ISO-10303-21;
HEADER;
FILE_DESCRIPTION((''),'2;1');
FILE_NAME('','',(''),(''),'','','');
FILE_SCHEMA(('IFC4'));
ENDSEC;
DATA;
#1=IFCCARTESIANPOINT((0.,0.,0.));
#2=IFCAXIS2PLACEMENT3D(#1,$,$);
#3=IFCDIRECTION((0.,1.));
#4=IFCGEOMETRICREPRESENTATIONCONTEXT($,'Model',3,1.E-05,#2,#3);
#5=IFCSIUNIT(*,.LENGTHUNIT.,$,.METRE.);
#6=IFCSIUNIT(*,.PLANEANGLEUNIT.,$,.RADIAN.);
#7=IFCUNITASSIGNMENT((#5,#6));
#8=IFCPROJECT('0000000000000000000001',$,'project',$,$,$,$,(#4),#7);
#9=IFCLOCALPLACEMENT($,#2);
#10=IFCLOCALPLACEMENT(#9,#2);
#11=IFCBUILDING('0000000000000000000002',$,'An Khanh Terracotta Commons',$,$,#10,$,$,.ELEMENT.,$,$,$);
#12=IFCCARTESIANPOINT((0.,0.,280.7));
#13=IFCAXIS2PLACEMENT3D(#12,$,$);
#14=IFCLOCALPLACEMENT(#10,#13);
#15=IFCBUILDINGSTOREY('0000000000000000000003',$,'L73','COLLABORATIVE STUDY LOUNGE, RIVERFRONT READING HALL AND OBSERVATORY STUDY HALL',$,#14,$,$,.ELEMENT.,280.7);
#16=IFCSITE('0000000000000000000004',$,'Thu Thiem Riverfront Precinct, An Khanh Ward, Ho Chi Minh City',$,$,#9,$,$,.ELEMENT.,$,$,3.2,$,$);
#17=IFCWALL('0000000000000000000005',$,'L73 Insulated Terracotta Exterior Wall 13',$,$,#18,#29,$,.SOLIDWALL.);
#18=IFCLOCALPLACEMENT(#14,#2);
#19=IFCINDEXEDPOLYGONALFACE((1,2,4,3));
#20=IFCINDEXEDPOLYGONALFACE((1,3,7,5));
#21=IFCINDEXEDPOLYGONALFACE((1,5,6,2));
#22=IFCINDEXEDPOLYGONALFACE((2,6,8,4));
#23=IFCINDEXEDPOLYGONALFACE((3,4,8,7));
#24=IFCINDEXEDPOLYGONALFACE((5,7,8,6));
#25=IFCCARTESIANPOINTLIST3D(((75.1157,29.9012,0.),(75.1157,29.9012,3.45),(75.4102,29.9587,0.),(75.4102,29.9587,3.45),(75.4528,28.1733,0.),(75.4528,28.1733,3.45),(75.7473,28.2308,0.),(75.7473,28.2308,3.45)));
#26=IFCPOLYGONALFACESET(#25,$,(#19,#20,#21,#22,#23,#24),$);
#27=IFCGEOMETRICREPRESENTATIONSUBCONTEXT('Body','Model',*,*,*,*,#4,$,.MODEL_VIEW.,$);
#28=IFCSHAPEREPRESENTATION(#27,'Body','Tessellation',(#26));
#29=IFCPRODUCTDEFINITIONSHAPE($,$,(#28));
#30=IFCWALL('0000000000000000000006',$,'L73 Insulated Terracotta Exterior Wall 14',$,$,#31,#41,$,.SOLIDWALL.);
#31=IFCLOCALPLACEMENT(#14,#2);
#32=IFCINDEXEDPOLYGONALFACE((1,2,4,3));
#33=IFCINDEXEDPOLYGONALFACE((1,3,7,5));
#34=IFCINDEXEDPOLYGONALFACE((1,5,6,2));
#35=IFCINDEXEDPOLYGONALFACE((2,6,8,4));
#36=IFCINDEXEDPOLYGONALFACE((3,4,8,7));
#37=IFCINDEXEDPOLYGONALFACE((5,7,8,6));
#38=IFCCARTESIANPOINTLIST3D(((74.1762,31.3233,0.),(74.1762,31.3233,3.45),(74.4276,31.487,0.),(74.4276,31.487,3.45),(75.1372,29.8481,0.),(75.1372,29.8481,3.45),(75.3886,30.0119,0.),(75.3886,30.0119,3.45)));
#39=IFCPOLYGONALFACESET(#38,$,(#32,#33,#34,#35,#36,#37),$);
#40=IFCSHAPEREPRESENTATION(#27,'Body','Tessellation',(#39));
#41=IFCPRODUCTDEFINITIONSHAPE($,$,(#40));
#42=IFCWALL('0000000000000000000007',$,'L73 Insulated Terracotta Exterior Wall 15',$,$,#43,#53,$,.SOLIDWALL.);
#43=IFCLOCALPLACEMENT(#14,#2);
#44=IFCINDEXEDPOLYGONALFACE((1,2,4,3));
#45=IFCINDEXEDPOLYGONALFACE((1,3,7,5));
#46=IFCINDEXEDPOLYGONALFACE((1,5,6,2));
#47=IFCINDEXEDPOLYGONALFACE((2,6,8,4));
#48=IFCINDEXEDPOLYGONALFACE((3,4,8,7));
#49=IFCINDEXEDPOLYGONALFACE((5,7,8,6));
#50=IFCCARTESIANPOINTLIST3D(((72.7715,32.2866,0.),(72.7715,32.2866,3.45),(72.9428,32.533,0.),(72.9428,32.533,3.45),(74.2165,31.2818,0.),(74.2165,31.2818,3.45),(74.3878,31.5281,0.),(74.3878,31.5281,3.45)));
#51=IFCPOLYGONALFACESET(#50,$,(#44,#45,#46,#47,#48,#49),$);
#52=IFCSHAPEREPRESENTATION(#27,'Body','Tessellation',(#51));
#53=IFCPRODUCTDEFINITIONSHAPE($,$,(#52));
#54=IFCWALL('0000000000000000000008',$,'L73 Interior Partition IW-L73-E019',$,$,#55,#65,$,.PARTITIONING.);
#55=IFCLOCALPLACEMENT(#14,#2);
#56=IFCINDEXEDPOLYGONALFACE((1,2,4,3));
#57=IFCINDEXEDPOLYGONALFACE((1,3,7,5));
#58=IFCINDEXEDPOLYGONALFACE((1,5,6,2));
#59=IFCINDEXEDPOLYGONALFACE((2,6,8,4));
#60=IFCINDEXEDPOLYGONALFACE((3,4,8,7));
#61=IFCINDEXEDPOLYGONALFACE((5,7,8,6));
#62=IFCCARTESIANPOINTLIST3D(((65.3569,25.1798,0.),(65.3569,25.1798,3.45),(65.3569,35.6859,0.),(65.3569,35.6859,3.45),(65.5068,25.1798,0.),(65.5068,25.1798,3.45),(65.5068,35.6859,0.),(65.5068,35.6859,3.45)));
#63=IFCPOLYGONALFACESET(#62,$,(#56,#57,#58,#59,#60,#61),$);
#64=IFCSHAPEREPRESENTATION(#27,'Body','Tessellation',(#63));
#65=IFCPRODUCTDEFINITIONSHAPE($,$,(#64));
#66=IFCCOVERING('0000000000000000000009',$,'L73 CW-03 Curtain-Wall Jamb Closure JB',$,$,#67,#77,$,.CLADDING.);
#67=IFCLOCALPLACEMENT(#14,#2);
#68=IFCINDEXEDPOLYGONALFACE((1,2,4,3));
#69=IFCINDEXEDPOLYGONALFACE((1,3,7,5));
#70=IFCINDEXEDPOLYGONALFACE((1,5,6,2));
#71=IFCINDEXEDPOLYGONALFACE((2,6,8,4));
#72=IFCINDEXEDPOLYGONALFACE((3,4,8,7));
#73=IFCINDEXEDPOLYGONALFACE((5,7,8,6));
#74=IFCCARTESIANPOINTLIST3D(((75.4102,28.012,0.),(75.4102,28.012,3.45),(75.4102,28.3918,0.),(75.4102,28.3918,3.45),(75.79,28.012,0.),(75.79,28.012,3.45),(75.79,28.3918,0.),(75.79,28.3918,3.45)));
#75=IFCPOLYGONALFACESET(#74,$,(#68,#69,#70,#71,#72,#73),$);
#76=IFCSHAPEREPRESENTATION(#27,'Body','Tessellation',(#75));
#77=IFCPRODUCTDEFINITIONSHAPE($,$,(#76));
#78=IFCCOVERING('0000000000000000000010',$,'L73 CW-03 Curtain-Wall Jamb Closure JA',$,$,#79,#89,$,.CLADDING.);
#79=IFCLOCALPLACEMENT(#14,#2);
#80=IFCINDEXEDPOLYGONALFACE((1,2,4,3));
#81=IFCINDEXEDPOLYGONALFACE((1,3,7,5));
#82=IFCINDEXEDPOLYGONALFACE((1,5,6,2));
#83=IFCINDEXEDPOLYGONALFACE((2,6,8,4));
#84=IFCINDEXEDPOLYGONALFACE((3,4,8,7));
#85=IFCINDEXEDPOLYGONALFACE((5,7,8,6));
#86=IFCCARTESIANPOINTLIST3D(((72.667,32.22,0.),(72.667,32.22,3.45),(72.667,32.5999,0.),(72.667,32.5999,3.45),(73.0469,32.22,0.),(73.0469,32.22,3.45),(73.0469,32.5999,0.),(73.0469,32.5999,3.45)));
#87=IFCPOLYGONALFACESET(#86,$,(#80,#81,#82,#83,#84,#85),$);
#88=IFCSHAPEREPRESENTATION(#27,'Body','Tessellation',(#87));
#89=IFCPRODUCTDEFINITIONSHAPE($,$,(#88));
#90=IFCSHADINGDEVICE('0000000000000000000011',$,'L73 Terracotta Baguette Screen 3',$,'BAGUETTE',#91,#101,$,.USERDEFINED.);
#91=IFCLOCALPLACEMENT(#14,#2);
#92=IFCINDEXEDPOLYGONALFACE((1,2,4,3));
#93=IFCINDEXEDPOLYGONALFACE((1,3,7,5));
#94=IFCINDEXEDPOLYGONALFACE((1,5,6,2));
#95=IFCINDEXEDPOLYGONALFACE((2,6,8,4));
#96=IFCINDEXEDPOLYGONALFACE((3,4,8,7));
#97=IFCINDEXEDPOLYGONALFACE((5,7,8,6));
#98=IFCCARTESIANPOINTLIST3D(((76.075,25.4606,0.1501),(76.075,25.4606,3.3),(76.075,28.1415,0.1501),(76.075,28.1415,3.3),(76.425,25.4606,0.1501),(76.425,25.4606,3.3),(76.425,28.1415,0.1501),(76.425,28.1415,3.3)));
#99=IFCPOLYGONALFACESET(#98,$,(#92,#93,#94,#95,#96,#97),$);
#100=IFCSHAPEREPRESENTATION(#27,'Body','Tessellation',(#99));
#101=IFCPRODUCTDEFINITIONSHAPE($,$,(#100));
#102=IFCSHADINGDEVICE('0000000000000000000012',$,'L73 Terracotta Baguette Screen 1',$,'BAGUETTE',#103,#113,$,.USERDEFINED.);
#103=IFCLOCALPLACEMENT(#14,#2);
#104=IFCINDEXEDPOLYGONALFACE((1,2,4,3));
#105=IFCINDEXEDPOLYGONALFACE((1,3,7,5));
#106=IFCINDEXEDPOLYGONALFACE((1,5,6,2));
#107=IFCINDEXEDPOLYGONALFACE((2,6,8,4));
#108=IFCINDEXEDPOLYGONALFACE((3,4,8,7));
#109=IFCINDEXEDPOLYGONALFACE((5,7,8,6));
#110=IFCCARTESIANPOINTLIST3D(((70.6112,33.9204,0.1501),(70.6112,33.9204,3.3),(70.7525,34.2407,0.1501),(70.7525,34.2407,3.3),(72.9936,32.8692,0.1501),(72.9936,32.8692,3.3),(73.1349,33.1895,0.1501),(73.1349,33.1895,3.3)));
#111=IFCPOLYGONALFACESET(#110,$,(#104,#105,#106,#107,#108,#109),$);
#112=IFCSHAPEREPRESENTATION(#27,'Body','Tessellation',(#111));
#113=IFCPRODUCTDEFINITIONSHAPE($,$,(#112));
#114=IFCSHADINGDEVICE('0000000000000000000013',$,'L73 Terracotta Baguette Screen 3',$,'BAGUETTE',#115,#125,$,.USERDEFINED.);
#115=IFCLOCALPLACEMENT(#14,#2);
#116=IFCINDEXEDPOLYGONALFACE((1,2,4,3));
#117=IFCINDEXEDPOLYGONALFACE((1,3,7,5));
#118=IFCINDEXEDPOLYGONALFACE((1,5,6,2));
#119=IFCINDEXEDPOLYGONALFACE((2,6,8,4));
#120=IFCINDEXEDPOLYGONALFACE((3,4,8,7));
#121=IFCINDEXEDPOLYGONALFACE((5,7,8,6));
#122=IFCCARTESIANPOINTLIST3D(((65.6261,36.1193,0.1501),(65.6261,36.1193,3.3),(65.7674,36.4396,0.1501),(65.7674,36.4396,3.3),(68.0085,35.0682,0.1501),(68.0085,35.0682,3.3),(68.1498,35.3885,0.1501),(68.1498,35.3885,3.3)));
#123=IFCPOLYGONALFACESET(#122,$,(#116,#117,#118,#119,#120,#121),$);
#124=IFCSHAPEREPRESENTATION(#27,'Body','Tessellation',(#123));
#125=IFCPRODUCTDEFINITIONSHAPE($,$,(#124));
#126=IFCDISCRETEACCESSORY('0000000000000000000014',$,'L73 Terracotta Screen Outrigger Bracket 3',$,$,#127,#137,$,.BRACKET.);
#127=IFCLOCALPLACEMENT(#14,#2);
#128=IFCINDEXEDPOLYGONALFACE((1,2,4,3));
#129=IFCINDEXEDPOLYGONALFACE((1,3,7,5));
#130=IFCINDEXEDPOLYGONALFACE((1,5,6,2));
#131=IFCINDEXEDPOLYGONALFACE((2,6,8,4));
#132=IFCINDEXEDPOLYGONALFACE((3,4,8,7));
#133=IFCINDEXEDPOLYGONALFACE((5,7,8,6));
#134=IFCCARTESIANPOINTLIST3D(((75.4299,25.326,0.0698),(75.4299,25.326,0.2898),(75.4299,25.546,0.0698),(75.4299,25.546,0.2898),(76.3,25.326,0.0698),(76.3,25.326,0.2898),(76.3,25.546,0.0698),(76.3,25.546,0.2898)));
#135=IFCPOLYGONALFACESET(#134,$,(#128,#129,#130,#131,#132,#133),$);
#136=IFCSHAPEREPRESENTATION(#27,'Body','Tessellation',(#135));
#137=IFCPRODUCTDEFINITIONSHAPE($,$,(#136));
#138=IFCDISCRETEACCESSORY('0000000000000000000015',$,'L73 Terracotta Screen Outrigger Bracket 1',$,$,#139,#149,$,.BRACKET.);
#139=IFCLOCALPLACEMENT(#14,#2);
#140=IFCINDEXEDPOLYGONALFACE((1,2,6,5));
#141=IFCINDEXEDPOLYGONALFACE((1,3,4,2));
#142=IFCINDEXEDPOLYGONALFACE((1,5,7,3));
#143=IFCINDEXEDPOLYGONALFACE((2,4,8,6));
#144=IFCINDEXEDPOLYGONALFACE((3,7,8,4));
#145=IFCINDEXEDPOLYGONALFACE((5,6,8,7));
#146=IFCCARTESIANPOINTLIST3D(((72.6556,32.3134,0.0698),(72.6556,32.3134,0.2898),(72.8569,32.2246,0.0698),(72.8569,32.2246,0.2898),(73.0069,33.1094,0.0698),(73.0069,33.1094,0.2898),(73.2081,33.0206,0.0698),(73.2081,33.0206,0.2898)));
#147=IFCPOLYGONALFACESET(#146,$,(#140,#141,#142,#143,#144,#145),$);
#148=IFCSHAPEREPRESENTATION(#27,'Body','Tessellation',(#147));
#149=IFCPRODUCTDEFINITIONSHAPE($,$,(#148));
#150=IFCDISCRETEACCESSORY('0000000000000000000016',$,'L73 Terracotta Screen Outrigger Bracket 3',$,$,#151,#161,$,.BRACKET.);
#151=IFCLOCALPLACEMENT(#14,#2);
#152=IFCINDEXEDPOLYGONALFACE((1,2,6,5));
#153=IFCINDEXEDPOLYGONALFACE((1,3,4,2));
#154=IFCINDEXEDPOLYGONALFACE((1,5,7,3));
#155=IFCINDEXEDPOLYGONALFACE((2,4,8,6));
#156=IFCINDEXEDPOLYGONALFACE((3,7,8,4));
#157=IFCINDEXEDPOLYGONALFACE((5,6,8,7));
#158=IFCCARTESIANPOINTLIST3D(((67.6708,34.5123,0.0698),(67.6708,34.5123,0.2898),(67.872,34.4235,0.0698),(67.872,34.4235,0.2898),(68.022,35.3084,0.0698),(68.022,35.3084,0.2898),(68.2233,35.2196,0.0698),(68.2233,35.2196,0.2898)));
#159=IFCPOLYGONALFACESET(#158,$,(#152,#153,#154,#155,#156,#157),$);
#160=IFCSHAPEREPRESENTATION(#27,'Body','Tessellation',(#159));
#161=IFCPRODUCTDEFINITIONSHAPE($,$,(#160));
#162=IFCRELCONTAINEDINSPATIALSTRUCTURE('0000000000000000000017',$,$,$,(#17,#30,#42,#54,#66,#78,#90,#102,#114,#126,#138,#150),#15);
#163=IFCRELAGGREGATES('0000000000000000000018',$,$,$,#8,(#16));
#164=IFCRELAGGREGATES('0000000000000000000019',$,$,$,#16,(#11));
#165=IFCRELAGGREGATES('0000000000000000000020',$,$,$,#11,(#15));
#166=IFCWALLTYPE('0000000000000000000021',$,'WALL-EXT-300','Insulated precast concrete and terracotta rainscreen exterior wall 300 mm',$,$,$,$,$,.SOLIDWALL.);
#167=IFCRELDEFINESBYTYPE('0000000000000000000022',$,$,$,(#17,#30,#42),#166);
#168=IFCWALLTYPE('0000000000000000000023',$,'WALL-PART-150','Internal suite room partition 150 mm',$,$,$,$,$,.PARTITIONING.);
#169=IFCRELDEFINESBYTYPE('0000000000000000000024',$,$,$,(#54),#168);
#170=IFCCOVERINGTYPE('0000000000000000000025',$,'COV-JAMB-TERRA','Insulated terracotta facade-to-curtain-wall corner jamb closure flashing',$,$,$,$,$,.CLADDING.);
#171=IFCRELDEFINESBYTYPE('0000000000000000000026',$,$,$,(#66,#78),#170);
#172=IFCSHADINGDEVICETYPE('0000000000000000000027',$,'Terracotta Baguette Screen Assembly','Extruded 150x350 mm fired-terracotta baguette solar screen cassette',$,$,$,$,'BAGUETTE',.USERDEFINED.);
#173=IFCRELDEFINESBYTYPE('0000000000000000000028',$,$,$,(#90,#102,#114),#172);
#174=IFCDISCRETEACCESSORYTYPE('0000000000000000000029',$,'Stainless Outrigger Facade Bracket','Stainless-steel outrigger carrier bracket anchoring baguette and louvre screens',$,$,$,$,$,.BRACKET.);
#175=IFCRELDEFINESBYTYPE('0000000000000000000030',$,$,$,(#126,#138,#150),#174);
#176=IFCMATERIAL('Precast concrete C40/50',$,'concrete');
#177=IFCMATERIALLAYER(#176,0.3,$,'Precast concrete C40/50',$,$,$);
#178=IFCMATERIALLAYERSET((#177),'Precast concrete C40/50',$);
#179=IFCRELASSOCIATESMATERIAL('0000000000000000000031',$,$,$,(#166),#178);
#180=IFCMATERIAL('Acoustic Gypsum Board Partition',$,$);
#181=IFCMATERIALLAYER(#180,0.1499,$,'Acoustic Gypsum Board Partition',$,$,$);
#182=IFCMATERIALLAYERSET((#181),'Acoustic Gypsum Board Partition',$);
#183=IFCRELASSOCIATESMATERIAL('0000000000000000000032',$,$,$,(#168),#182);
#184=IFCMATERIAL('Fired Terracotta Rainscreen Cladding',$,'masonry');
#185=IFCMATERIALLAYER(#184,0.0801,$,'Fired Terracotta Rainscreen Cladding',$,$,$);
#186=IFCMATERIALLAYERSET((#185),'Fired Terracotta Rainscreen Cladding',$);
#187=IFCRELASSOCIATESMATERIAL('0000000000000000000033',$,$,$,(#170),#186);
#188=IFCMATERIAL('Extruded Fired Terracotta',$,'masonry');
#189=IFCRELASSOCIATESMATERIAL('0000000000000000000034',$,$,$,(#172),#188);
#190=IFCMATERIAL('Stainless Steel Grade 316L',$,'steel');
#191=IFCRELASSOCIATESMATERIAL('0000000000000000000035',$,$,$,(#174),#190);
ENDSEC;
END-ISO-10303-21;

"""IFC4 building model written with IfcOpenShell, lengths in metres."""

from ifc_helpers import new_model, si_unit, direction, frame, frame_2d, origin, origin_2d, place, context, subcontext, project, spatial, rectangle, extrude, material, layer, layer_set, type_object, element, save


model = new_model("IFC4")

# Units and contexts
model_context = context("Model", 3, precision=1e-05, world=origin(), true_north=direction((0.0, 1.0)))
body_context = subcontext(model_context, "Body", "Model", "MODEL_VIEW")
ifc_project = project(units=[si_unit("LENGTHUNIT", "METRE"), si_unit("PLANEANGLEUNIT", "RADIAN")], contexts=[model_context])

# Site, building, storey
site_placement = place(None, origin())
site = spatial("IfcSite", under=ifc_project, at=site_placement, Name="Thu Thiem Riverfront Precinct, An Khanh Ward, Ho Chi Minh City", CompositionType="ELEMENT", RefElevation=3.2)
building_placement = place(site_placement, origin())
building = spatial("IfcBuilding", under=site, at=building_placement, Name="An Khanh Terracotta Commons", CompositionType="ELEMENT")
storey_placement = place(building_placement, frame((0.0, 0.0, 280.7)))
storey = spatial("IfcBuildingStorey", under=building, at=storey_placement, Name="L73", Description="COLLABORATIVE STUDY LOUNGE, RIVERFRONT READING HALL AND OBSERVATORY STUDY HALL", CompositionType="ELEMENT", Elevation=280.7)

# Walls
ifc_material_1 = material(Name="Precast concrete C40/50", Category="concrete")
ifc_layer_1 = layer(ifc_material_1, 0.3, Name="Precast concrete C40/50")
ifc_layer_set_1 = layer_set([ifc_layer_1], Name="Precast concrete C40/50")
wall_type_1 = type_object("IfcWallType", Name="WALL-EXT-300", Description="Insulated precast concrete and terracotta rainscreen exterior wall 300 mm", PredefinedType="SOLIDWALL", material=ifc_layer_set_1)
for number, where, z_axis, x_axis, name in (
    (1, (75.6001, 28.2019, 0.0), (0.0, 0.0, 1.0), (-0.191501, 0.981492, 0.0), "L73 Insulated Terracotta Exterior Wall 13"),
    (2, (75.2629, 29.9299, 0.0), (0.0, 0.0, 1.0), (-0.545836, 0.837892, 0.0), "L73 Insulated Terracotta Exterior Wall 14"),
):
    element("IfcWall", number, at=place(storey_placement, frame(where, z_axis=z_axis, x_axis=x_axis)), inside=storey, type_object=wall_type_1, Name=name, PredefinedType="SOLIDWALL", context=body_context, shape_type="SweptSolid", body=[
        extrude(rectangle(XDim=1.7605, YDim=0.3, at=frame_2d((0.8804, 0.0))), origin(), (0.0, 0.0, 1.0), 3.45),
    ])
wall_1_placement = place(storey_placement, frame((74.302, 31.405, 0.0), z_axis=(0.0, 0.0, 1.0), x_axis=(-0.821007, 0.570918, 0.0)))
element("IfcWall", 3, at=wall_1_placement, inside=storey, type_object=wall_type_1, Name="L73 Insulated Terracotta Exterior Wall 15", PredefinedType="SOLIDWALL", context=body_context, shape_type="SweptSolid", body=[
    extrude(rectangle(XDim=1.76, YDim=0.3, at=frame_2d((0.8799, 0.0))), origin(), (0.0, 0.0, 1.0), 3.45),
])
ifc_material_2 = material(Name="Acoustic Gypsum Board Partition")
ifc_layer_2 = layer(ifc_material_2, 0.1499, Name="Acoustic Gypsum Board Partition")
ifc_layer_set_2 = layer_set([ifc_layer_2], Name="Acoustic Gypsum Board Partition")
wall_type_2 = type_object("IfcWallType", Name="WALL-PART-150", Description="Internal suite room partition 150 mm", PredefinedType="PARTITIONING", material=ifc_layer_set_2)
wall_2_placement = place(storey_placement, frame((65.4319, 25.1799, 0.0), z_axis=(0.0, 0.0, 1.0), x_axis=(0.0, 1.0, 0.0)))
element("IfcWall", 4, at=wall_2_placement, inside=storey, type_object=wall_type_2, Name="L73 Interior Partition IW-L73-E019", PredefinedType="PARTITIONING", context=body_context, shape_type="SweptSolid", body=[
    extrude(rectangle(XDim=10.5061, YDim=0.1499, at=frame_2d((5.2529, 0.0))), origin(), (0.0, 0.0, 1.0), 3.45),
])

# Coverings
ifc_material_3 = material(Name="Fired Terracotta Rainscreen Cladding", Category="masonry")
ifc_layer_3 = layer(ifc_material_3, 0.0801, Name="Fired Terracotta Rainscreen Cladding")
ifc_layer_set_3 = layer_set([ifc_layer_3], Name="Fired Terracotta Rainscreen Cladding")
covering_type = type_object("IfcCoveringType", Name="COV-JAMB-TERRA", Description="Insulated terracotta facade-to-curtain-wall corner jamb closure flashing", PredefinedType="CLADDING", material=ifc_layer_set_3)
for number, where, z_axis, x_axis, name in (
    (5, (75.6001, 28.2019, 0.0), (0.0, 0.0, 1.0), (1.0, 0.0, 0.0), "L73 CW-03 Curtain-Wall Jamb Closure JB"),
    (6, (72.8569, 32.4099, 0.0), (0.0, 0.0, 1.0), (1.0, 0.0, 0.0), "L73 CW-03 Curtain-Wall Jamb Closure JA"),
):
    element("IfcCovering", number, at=place(storey_placement, frame(where, z_axis=z_axis, x_axis=x_axis)), inside=storey, type_object=covering_type, Name=name, PredefinedType="CLADDING", context=body_context, shape_type="SweptSolid", body=[
        extrude(rectangle(XDim=0.3799, YDim=0.3799, at=origin_2d()), origin(), (0.0, 0.0, 1.0), 3.45),
    ])

# Shading devices
ifc_material_4 = material(Name="Extruded Fired Terracotta", Category="masonry")
shading_device_type = type_object("IfcShadingDeviceType", Name="Terracotta Baguette Screen Assembly", Description="Extruded 150x350 mm fired-terracotta baguette solar screen cassette", ElementType="BAGUETTE", PredefinedType="USERDEFINED", material=ifc_material_4)
shading_device_placement = place(storey_placement, frame((76.25, 26.801, 0.1501), z_axis=(0.0, 0.0, 1.0), x_axis=(0.0, 1.0, 0.0)))
element("IfcShadingDevice", 7, at=shading_device_placement, inside=storey, type_object=shading_device_type, Name="L73 Terracotta Baguette Screen 3", ObjectType="BAGUETTE", PredefinedType="USERDEFINED", context=body_context, shape_type="SweptSolid", body=[
    extrude(rectangle(XDim=2.6809, YDim=0.3501, at=origin_2d()), origin(), (0.0, 0.0, 1.0), 3.1499),
])
for number, where, z_axis, x_axis, name in (
    (8, (71.873, 33.5549, 0.1501), (0.0, 0.0, 1.0), (-0.914902, 0.403676, 0.0), "L73 Terracotta Baguette Screen 1"),
    (9, (66.8879, 35.7539, 0.1501), (0.0, 0.0, 1.0), (-0.914902, 0.403676, 0.0), "L73 Terracotta Baguette Screen 3"),
):
    element("IfcShadingDevice", number, at=place(storey_placement, frame(where, z_axis=z_axis, x_axis=x_axis)), inside=storey, type_object=shading_device_type, Name=name, ObjectType="BAGUETTE", PredefinedType="USERDEFINED", context=body_context, shape_type="SweptSolid", body=[
        extrude(rectangle(XDim=2.604, YDim=0.3501, at=origin_2d()), origin(), (0.0, 0.0, 1.0), 3.1499),
    ])

# Discrete accessories
ifc_material_5 = material(Name="Stainless Steel Grade 316L", Category="steel")
discrete_accessory_type = type_object("IfcDiscreteAccessoryType", Name="Stainless Outrigger Facade Bracket", Description="Stainless-steel outrigger carrier bracket anchoring baguette and louvre screens", PredefinedType="BRACKET", material=ifc_material_5)
for number, where, z_axis, x_axis, name in (
    (10, (75.865, 25.436, 0.0698), (0.0, 0.0, 1.0), (0.0, 1.0, 0.0), "L73 Terracotta Screen Outrigger Bracket 3"),
    (11, (72.9319, 32.667, 0.0698), (0.0, 0.0, 1.0), (-0.914902, 0.403676, 0.0), "L73 Terracotta Screen Outrigger Bracket 1"),
    (12, (67.947, 34.866, 0.0698), (0.0, 0.0, 1.0), (-0.914902, 0.403676, 0.0), "L73 Terracotta Screen Outrigger Bracket 3"),
):
    element("IfcDiscreteAccessory", number, at=place(storey_placement, frame(where, z_axis=z_axis, x_axis=x_axis)), inside=storey, type_object=discrete_accessory_type, Name=name, PredefinedType="BRACKET", context=body_context, shape_type="SweptSolid", body=[
        extrude(rectangle(XDim=0.22, YDim=0.8701, at=origin_2d()), origin(), (0.0, 0.0, 1.0), 0.22),
    ])

save(model, "model.ifc")
